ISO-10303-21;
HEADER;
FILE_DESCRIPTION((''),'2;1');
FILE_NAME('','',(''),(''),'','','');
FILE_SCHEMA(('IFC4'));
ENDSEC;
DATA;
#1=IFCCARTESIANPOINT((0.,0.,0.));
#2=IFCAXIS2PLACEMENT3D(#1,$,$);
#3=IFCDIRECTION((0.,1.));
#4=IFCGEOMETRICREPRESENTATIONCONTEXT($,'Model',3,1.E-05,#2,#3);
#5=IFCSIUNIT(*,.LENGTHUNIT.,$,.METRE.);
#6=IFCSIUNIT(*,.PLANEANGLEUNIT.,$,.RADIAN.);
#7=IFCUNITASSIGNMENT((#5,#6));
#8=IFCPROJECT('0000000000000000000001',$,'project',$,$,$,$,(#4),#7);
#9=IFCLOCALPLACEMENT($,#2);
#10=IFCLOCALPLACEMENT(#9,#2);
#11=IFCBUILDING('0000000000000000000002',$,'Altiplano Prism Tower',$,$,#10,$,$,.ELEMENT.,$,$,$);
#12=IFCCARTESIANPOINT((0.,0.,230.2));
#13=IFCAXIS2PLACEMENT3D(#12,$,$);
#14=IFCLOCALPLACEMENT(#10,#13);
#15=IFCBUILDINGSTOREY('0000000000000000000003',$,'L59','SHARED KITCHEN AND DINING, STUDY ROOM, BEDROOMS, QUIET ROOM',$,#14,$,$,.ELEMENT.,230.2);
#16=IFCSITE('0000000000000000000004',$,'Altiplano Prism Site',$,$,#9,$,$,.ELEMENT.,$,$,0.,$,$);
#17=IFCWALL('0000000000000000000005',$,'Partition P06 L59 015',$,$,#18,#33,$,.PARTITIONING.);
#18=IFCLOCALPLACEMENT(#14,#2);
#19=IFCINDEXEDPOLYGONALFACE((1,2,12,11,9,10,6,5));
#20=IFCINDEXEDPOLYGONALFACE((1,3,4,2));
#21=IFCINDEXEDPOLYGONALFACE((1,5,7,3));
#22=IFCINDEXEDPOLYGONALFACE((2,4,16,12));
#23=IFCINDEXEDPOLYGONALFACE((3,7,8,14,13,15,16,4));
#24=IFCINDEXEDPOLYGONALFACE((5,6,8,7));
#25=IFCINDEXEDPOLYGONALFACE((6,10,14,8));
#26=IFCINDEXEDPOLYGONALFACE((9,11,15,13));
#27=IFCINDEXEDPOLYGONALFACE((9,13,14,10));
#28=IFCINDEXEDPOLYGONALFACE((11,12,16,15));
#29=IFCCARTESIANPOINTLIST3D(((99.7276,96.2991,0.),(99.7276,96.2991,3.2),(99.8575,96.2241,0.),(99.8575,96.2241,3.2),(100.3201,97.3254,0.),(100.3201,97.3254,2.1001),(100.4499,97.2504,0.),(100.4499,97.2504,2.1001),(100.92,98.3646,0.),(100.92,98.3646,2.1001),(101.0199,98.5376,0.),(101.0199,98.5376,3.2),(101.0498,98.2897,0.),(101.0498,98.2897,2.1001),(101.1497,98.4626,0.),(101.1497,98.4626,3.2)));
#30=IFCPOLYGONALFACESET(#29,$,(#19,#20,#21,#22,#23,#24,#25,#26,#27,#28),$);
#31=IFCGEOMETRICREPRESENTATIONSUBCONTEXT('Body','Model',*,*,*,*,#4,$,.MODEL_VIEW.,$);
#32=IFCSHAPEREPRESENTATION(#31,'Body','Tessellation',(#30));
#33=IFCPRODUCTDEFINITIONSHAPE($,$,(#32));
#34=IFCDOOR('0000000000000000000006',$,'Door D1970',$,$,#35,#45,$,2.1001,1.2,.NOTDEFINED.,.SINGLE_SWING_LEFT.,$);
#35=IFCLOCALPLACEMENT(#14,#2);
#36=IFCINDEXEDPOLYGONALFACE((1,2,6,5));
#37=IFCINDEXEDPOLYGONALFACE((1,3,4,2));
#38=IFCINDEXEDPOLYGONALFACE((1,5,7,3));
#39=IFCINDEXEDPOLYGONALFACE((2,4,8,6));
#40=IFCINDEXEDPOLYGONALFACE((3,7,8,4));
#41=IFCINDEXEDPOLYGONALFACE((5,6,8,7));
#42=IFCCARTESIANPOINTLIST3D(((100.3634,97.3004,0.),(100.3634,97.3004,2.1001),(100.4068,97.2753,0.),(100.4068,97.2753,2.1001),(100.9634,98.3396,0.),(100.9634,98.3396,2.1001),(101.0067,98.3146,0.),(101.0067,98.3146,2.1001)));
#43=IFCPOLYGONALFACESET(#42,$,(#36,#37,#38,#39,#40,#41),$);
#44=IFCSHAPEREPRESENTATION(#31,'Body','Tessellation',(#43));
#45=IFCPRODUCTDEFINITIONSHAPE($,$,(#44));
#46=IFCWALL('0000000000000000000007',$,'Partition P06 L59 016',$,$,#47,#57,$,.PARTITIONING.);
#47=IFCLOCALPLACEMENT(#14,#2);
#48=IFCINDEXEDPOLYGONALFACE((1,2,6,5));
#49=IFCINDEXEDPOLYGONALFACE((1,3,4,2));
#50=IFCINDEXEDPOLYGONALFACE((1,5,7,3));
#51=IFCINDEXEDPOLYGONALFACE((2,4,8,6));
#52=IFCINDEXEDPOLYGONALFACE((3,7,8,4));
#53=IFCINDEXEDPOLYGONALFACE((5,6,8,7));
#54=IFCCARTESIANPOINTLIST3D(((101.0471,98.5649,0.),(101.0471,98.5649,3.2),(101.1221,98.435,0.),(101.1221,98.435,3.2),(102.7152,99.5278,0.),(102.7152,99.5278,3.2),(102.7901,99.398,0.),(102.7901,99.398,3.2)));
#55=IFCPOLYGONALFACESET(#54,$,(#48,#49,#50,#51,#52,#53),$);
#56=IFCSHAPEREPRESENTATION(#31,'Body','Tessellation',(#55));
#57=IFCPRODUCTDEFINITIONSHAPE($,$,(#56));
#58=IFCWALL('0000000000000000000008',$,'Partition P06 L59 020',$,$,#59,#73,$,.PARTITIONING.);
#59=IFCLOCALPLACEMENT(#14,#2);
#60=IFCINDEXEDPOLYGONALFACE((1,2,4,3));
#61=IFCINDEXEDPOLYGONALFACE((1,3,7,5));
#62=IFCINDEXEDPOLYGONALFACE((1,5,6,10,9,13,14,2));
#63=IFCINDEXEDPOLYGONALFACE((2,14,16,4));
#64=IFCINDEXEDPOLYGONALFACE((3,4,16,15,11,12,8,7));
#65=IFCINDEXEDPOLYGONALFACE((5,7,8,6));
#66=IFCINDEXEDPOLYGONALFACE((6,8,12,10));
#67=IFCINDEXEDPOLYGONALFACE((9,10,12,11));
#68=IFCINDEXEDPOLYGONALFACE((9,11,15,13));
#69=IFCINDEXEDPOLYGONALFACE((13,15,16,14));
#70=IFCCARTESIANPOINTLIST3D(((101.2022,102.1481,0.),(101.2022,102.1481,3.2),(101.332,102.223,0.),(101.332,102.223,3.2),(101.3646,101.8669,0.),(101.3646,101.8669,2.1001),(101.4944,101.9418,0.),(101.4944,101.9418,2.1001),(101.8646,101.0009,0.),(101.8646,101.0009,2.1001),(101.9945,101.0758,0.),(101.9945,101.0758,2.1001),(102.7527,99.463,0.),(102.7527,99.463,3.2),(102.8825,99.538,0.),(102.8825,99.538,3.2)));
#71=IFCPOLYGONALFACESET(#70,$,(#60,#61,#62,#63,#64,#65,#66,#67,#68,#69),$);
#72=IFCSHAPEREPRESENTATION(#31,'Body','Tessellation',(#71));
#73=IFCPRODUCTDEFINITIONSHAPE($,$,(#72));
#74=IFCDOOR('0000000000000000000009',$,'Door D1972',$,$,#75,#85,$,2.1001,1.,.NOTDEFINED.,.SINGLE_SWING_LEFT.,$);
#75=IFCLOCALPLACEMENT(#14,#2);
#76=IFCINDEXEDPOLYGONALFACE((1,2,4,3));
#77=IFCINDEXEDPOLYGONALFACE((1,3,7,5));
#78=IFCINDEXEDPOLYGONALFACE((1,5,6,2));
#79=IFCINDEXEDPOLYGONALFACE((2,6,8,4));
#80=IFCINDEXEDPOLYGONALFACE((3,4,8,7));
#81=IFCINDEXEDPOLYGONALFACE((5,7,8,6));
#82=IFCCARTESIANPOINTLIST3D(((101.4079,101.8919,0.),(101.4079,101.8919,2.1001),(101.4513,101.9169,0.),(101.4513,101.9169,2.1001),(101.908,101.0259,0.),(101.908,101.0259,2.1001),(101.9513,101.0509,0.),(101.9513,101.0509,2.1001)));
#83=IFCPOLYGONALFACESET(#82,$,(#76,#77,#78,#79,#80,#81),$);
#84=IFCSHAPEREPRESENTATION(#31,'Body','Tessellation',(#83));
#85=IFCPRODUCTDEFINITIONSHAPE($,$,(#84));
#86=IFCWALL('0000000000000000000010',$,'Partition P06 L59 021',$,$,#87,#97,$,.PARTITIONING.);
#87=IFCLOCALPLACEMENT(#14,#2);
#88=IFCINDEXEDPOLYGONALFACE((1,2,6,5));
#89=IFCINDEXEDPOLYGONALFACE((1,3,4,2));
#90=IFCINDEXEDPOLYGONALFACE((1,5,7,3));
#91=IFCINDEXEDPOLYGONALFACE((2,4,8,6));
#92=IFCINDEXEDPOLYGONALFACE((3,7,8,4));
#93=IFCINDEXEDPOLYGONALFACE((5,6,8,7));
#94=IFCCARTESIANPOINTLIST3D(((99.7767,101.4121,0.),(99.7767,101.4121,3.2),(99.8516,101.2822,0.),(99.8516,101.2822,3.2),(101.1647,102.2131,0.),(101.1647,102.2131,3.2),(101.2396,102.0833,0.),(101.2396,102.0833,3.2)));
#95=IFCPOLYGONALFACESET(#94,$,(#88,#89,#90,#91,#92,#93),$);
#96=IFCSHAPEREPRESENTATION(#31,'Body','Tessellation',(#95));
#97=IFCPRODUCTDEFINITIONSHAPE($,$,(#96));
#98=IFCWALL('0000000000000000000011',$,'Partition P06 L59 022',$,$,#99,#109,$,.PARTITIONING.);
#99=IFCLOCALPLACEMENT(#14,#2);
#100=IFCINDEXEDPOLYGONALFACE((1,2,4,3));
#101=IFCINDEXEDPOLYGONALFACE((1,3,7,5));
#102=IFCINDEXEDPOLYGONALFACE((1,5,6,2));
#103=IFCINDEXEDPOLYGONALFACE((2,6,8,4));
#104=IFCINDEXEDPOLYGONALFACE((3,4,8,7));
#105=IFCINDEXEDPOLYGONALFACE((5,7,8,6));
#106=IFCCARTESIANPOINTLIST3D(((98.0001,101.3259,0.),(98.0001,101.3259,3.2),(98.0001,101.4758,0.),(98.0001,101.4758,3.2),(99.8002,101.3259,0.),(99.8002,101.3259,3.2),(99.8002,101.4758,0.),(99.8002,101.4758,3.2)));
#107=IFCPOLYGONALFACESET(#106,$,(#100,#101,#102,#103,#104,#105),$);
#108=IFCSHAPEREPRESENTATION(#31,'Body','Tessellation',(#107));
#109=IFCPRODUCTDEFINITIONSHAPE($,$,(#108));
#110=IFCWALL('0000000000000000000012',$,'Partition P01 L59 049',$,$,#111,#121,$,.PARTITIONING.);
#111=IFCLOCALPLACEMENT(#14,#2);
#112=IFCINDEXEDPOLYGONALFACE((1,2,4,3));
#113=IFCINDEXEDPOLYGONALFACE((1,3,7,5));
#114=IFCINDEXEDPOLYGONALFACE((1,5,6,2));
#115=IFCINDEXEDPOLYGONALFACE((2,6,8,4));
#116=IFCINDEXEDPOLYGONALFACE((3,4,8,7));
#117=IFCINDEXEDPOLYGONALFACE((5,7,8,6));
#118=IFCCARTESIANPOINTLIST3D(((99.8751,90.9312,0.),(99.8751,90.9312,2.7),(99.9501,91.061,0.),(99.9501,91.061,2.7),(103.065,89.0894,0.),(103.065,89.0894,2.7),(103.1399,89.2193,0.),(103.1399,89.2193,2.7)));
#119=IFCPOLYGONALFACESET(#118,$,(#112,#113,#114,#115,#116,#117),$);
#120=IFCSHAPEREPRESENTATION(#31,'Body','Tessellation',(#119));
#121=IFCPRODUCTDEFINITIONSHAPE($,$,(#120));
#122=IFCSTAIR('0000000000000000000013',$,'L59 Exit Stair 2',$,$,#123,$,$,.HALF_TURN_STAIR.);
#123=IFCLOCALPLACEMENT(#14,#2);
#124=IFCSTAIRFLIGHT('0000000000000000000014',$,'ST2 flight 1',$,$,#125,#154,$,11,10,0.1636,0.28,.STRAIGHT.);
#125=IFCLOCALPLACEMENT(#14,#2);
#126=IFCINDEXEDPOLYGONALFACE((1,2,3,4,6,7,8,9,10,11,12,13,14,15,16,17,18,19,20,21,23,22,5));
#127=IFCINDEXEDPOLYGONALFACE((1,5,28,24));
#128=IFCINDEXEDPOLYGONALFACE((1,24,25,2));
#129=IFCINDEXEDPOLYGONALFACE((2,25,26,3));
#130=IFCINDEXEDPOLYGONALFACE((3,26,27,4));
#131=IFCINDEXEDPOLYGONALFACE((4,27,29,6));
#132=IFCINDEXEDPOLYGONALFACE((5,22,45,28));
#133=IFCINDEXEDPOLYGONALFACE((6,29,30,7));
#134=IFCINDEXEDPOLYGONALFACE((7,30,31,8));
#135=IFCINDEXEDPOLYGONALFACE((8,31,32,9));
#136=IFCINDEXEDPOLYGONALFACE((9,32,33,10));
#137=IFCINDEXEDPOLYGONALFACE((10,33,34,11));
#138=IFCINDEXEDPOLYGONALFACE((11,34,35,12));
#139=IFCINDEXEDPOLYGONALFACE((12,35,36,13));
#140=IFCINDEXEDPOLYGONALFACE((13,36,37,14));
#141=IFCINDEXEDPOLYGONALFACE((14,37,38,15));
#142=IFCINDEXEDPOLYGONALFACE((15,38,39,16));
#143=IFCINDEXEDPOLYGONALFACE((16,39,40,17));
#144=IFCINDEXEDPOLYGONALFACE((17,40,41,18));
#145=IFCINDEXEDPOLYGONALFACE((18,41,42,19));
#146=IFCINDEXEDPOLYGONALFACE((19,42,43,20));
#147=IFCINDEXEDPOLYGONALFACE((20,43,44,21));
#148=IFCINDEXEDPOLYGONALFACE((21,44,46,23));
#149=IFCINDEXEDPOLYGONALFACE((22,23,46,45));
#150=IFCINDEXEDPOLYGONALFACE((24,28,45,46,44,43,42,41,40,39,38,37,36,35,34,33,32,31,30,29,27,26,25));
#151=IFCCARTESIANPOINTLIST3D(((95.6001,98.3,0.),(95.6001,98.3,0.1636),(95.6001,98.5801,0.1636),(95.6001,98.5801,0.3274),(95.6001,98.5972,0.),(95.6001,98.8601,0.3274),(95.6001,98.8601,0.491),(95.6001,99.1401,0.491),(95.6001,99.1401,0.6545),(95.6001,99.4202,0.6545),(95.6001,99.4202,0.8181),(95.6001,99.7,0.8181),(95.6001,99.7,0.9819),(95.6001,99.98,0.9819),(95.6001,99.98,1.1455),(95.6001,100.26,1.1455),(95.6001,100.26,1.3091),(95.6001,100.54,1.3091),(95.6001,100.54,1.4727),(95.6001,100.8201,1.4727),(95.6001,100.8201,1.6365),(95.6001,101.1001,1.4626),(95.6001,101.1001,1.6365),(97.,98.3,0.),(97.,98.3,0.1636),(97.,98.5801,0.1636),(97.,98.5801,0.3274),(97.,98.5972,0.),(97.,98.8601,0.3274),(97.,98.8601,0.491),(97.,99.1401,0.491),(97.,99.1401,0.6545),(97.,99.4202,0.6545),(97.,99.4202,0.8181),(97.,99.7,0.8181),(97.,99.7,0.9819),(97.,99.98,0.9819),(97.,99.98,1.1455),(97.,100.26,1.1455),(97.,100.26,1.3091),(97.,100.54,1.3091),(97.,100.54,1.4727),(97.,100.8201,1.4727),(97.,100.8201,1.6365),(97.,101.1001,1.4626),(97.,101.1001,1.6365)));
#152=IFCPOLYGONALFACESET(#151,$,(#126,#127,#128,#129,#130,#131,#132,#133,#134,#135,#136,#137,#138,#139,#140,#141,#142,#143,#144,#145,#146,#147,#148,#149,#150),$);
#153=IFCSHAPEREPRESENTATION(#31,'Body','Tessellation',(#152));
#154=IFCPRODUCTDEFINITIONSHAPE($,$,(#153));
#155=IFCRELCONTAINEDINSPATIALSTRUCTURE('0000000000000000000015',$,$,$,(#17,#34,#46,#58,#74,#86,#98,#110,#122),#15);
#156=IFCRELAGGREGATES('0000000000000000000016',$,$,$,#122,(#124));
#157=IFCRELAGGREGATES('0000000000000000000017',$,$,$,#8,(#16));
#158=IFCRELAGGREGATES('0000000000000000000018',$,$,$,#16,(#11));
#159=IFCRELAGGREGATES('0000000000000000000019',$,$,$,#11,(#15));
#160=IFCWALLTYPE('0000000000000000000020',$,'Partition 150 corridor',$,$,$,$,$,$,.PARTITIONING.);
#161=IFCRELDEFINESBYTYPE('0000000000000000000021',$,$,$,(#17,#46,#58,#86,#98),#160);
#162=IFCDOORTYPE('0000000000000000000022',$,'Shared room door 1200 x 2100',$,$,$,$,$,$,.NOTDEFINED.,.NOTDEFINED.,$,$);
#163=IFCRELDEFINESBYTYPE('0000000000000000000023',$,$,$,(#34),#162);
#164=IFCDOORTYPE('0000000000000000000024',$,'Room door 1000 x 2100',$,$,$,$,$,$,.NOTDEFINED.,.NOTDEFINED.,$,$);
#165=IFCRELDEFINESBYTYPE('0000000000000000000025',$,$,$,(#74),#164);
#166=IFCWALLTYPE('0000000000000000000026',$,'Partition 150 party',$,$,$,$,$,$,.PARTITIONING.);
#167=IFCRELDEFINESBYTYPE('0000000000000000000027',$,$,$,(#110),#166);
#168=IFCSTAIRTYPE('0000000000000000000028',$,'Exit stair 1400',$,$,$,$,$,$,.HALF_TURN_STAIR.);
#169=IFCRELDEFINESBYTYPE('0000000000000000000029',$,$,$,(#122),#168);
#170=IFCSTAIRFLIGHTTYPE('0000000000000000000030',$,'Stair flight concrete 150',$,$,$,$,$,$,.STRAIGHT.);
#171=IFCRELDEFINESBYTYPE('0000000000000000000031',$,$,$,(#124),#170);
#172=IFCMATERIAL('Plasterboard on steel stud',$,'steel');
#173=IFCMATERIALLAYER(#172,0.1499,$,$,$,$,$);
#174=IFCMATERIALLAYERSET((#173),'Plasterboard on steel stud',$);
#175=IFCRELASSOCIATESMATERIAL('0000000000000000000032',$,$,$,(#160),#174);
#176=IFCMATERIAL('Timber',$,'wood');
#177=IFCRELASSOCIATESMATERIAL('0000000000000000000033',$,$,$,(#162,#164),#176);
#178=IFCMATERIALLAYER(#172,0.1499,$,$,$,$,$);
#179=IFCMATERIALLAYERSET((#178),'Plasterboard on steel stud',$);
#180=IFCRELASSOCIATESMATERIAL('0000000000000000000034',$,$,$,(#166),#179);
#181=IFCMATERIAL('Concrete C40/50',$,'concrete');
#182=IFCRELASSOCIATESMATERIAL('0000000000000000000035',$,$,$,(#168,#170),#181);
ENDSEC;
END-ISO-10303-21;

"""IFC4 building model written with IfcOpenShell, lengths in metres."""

from ifc_helpers import new_model, si_unit, direction, frame, frame_2d, origin, place, context, subcontext, project, spatial, polyline, rectangle, outline, extrude, material, layer, layer_set, type_object, element, fill, aggregate, save


model = new_model("IFC4")

# Units and contexts
model_context = context("Model", 3, precision=1e-05, world=origin(), true_north=direction((0.0, 1.0)))
body_context = subcontext(model_context, "Body", "Model", "MODEL_VIEW")
ifc_project = project(units=[si_unit("LENGTHUNIT", "METRE"), si_unit("PLANEANGLEUNIT", "RADIAN")], contexts=[model_context])

# Site, building, storey
site_placement = place(None, origin())
site = spatial("IfcSite", under=ifc_project, at=site_placement, Name="Altiplano Prism Site", CompositionType="ELEMENT", RefElevation=0.0)
building_placement = place(site_placement, origin())
building = spatial("IfcBuilding", under=site, at=building_placement, Name="Altiplano Prism Tower", CompositionType="ELEMENT")
storey_placement = place(building_placement, frame((0.0, 0.0, 230.2)))
storey = spatial("IfcBuildingStorey", under=building, at=storey_placement, Name="L59", Description="SHARED KITCHEN AND DINING, STUDY ROOM, BEDROOMS, QUIET ROOM", CompositionType="ELEMENT", Elevation=230.2)

# Shared definitions
ifc_material_1 = material(Name="Plasterboard on steel stud", Category="steel")
ifc_material_2 = material(Name="Timber", Category="wood")

# Shared definitions
ifc_layer_1 = layer(ifc_material_1, 0.1499)
ifc_layer_set_1 = layer_set([ifc_layer_1], Name="Plasterboard on steel stud")
wall_type_1 = type_object("IfcWallType", Name="Partition 150 corridor", PredefinedType="PARTITIONING", material=ifc_layer_set_1)

# Wall, opening, door
wall_1_placement = place(storey_placement, frame((99.7925, 96.2615, 0.0), z_axis=(0.0, 0.0, 1.0), x_axis=(0.499949, 0.866055, 0.0)))
wall_1 = element("IfcWall", 1, at=wall_1_placement, inside=storey, type_object=wall_type_1, Name="Partition P06 L59 015", PredefinedType="PARTITIONING", context=body_context, shape_type="SweptSolid", body=[
    extrude(rectangle(XDim=2.5847, YDim=0.1499, at=frame_2d((1.2925, 0.0))), origin(), (0.0, 0.0, 1.0), 3.2),
])
opening_1_placement = place(wall_1_placement, frame((1.1851, 0.0, 0.0)))
opening_1 = element("IfcOpeningElement", 2, at=opening_1_placement, cuts=wall_1, PredefinedType="OPENING", context=body_context, shape_type="SweptSolid", body=[
    extrude(rectangle(XDim=1.2, YDim=2.1001, at=frame_2d((0.6001, 1.05))), frame((0.0, 0.0854, 0.0), z_axis=(0.0, -1.0, 0.0), x_axis=(1.0, 0.0, 0.0)), (0.0, 0.0, 1.0), 0.1709),
])
door_type_1 = type_object("IfcDoorType", Name="Shared room door 1200 x 2100", OperationType="NOTDEFINED", PredefinedType="NOTDEFINED", material=ifc_material_2)
door_1_placement = place(opening_1_placement, origin())
door_1 = element("IfcDoor", 3, at=door_1_placement, inside=storey, type_object=door_type_1, Name="Door D1970", OperationType="SINGLE_SWING_LEFT", OverallHeight=2.1001, OverallWidth=1.2, PredefinedType="NOTDEFINED", context=body_context, shape_type="SweptSolid", body=[
    extrude(rectangle(XDim=1.2, YDim=2.1001, at=frame_2d((0.6001, 1.05))), frame((0.0, 0.0249, 0.0), z_axis=(0.0, -1.0, 0.0), x_axis=(1.0, 0.0, 0.0)), (0.0, 0.0, 1.0), 0.05),
])
fill(opening_1, door_1)

# Wall
wall_2_placement = place(storey_placement, frame((101.0847, 98.5, 0.0), z_axis=(0.0, 0.0, 1.0), x_axis=(0.86605, 0.499957, 0.0)))
element("IfcWall", 4, at=wall_2_placement, inside=storey, type_object=wall_type_1, Name="Partition P06 L59 016", PredefinedType="PARTITIONING", context=body_context, shape_type="SweptSolid", body=[
    extrude(rectangle(XDim=1.926, YDim=0.1499, at=frame_2d((0.9629, 0.0))), origin(), (0.0, 0.0, 1.0), 3.2),
])

# Wall, opening, door
wall_3_placement = place(storey_placement, frame((102.8176, 99.5005, 0.0), z_axis=(0.0, 0.0, 1.0), x_axis=(-0.500077, 0.865981, 0.0)))
wall_3 = element("IfcWall", 5, at=wall_3_placement, inside=storey, type_object=wall_type_1, Name="Partition P06 L59 020", PredefinedType="PARTITIONING", context=body_context, shape_type="SweptSolid", body=[
    extrude(rectangle(XDim=3.1006, YDim=0.1499, at=frame_2d((1.5503, 0.0))), origin(), (0.0, 0.0, 1.0), 3.2),
])
opening_2_placement = place(wall_3_placement, frame((1.7759, 0.0, 0.0)))
opening_2 = element("IfcOpeningElement", 6, at=opening_2_placement, cuts=wall_3, PredefinedType="OPENING", context=body_context, shape_type="SweptSolid", body=[
    extrude(rectangle(XDim=1.0, YDim=2.1001, at=frame_2d((0.5, 1.05))), frame((0.0, 0.0854, 0.0), z_axis=(0.0, -1.0, 0.0), x_axis=(1.0, 0.0, 0.0)), (0.0, 0.0, 1.0), 0.1709),
])
door_type_2 = type_object("IfcDoorType", Name="Room door 1000 x 2100", OperationType="NOTDEFINED", PredefinedType="NOTDEFINED", material=ifc_material_2)
door_2_placement = place(opening_2_placement, origin())
door_2 = element("IfcDoor", 7, at=door_2_placement, inside=storey, type_object=door_type_2, Name="Door D1972", OperationType="SINGLE_SWING_LEFT", OverallHeight=2.1001, OverallWidth=1.0, PredefinedType="NOTDEFINED", context=body_context, shape_type="SweptSolid", body=[
    extrude(rectangle(XDim=1.0, YDim=2.1001, at=frame_2d((0.5, 1.05))), frame((0.0, 0.0249, 0.0), z_axis=(0.0, -1.0, 0.0), x_axis=(1.0, 0.0, 0.0)), (0.0, 0.0, 1.0), 0.05),
])
fill(opening_2, door_2)

# Walls
wall_4_placement = place(storey_placement, frame((101.2021, 102.1482, 0.0), z_axis=(0.0, 0.0, 1.0), x_axis=(-0.866107, -0.499859, 0.0)))
element("IfcWall", 8, at=wall_4_placement, inside=storey, type_object=wall_type_1, Name="Partition P06 L59 021", PredefinedType="PARTITIONING", context=body_context, shape_type="SweptSolid", body=[
    extrude(rectangle(XDim=1.6025, YDim=0.1499, at=frame_2d((0.8013, 0.0))), origin(), (0.0, 0.0, 1.0), 3.2),
])
wall_5_placement = place(storey_placement, frame((99.8, 101.4009, 0.0), z_axis=(0.0, 0.0, 1.0), x_axis=(-1.0, 0.0, 0.0)))
element("IfcWall", 9, at=wall_5_placement, inside=storey, type_object=wall_type_1, Name="Partition P06 L59 022", PredefinedType="PARTITIONING", context=body_context, shape_type="SweptSolid", body=[
    extrude(rectangle(XDim=1.8, YDim=0.1499, at=frame_2d((0.8999, 0.0))), origin(), (0.0, 0.0, 1.0), 3.2),
])
ifc_layer_2 = layer(ifc_material_1, 0.1499)
ifc_layer_set_2 = layer_set([ifc_layer_2], Name="Plasterboard on steel stud")
wall_type_2 = type_object("IfcWallType", Name="Partition 150 party", PredefinedType="PARTITIONING", material=ifc_layer_set_2)
wall_6_placement = place(storey_placement, frame((103.1025, 89.1543, 0.0), z_axis=(0.0, 0.0, 1.0), x_axis=(-0.866016, 0.500017, 0.0)))
element("IfcWall", 10, at=wall_6_placement, inside=storey, type_object=wall_type_2, Name="Partition P01 L59 049", PredefinedType="PARTITIONING", context=body_context, shape_type="SweptSolid", body=[
    extrude(rectangle(XDim=3.6833, YDim=0.1499, at=frame_2d((1.8418, 0.0))), origin(), (0.0, 0.0, 1.0), 2.7),
])

# Stair, stair flight
ifc_material_3 = material(Name="Concrete C40/50", Category="concrete")
stair_type = type_object("IfcStairType", Name="Exit stair 1400", PredefinedType="HALF_TURN_STAIR", material=ifc_material_3)
stair_placement = place(storey_placement, origin())
stair = element("IfcStair", 11, at=stair_placement, inside=storey, type_object=stair_type, Name="L59 Exit Stair 2", PredefinedType="HALF_TURN_STAIR")
stair_flight_type = type_object("IfcStairFlightType", Name="Stair flight concrete 150", PredefinedType="STRAIGHT", material=ifc_material_3)
stair_flight_placement = place(storey_placement, frame((96.3, 98.3, 0.0), z_axis=(0.0, 0.0, 1.0), x_axis=(0.0, 1.0, 0.0)))
stair_flight = element("IfcStairFlight", 12, at=stair_flight_placement, type_object=stair_flight_type, Name="ST2 flight 1", NumberOfRisers=11, NumberOfTreads=10, PredefinedType="STRAIGHT", RiserHeight=0.1636, TreadLength=0.28, context=body_context, shape_type="SweptSolid", body=[
    extrude(outline(polyline([(0.0, 0.0), (0.0, 0.1636), (0.28, 0.1636), (0.28, 0.3274), (0.5601, 0.3274), (0.5601, 0.491), (0.8401, 0.491), (0.8401, 0.6545), (1.1201, 0.6545), (1.1201, 0.8181), (1.3999, 0.8181), (1.3999, 0.9819), (1.6799, 0.9819), (1.6799, 1.1455), (1.96, 1.1455), (1.96, 1.3091), (2.24, 1.3091), (2.24, 1.4727), (2.52, 1.4727), (2.52, 1.6365), (2.8, 1.6365), (2.8, 1.8), (2.8, 1.4626), (0.2971, 0.0), (0.0, 0.0)])), frame((0.0, 0.7, 0.0), z_axis=(0.0, -1.0, 0.0), x_axis=(1.0, 0.0, 0.0)), (0.0, 0.0, 1.0), 1.3999),
])
aggregate(stair, [stair_flight])

save(model, "model.ifc")
